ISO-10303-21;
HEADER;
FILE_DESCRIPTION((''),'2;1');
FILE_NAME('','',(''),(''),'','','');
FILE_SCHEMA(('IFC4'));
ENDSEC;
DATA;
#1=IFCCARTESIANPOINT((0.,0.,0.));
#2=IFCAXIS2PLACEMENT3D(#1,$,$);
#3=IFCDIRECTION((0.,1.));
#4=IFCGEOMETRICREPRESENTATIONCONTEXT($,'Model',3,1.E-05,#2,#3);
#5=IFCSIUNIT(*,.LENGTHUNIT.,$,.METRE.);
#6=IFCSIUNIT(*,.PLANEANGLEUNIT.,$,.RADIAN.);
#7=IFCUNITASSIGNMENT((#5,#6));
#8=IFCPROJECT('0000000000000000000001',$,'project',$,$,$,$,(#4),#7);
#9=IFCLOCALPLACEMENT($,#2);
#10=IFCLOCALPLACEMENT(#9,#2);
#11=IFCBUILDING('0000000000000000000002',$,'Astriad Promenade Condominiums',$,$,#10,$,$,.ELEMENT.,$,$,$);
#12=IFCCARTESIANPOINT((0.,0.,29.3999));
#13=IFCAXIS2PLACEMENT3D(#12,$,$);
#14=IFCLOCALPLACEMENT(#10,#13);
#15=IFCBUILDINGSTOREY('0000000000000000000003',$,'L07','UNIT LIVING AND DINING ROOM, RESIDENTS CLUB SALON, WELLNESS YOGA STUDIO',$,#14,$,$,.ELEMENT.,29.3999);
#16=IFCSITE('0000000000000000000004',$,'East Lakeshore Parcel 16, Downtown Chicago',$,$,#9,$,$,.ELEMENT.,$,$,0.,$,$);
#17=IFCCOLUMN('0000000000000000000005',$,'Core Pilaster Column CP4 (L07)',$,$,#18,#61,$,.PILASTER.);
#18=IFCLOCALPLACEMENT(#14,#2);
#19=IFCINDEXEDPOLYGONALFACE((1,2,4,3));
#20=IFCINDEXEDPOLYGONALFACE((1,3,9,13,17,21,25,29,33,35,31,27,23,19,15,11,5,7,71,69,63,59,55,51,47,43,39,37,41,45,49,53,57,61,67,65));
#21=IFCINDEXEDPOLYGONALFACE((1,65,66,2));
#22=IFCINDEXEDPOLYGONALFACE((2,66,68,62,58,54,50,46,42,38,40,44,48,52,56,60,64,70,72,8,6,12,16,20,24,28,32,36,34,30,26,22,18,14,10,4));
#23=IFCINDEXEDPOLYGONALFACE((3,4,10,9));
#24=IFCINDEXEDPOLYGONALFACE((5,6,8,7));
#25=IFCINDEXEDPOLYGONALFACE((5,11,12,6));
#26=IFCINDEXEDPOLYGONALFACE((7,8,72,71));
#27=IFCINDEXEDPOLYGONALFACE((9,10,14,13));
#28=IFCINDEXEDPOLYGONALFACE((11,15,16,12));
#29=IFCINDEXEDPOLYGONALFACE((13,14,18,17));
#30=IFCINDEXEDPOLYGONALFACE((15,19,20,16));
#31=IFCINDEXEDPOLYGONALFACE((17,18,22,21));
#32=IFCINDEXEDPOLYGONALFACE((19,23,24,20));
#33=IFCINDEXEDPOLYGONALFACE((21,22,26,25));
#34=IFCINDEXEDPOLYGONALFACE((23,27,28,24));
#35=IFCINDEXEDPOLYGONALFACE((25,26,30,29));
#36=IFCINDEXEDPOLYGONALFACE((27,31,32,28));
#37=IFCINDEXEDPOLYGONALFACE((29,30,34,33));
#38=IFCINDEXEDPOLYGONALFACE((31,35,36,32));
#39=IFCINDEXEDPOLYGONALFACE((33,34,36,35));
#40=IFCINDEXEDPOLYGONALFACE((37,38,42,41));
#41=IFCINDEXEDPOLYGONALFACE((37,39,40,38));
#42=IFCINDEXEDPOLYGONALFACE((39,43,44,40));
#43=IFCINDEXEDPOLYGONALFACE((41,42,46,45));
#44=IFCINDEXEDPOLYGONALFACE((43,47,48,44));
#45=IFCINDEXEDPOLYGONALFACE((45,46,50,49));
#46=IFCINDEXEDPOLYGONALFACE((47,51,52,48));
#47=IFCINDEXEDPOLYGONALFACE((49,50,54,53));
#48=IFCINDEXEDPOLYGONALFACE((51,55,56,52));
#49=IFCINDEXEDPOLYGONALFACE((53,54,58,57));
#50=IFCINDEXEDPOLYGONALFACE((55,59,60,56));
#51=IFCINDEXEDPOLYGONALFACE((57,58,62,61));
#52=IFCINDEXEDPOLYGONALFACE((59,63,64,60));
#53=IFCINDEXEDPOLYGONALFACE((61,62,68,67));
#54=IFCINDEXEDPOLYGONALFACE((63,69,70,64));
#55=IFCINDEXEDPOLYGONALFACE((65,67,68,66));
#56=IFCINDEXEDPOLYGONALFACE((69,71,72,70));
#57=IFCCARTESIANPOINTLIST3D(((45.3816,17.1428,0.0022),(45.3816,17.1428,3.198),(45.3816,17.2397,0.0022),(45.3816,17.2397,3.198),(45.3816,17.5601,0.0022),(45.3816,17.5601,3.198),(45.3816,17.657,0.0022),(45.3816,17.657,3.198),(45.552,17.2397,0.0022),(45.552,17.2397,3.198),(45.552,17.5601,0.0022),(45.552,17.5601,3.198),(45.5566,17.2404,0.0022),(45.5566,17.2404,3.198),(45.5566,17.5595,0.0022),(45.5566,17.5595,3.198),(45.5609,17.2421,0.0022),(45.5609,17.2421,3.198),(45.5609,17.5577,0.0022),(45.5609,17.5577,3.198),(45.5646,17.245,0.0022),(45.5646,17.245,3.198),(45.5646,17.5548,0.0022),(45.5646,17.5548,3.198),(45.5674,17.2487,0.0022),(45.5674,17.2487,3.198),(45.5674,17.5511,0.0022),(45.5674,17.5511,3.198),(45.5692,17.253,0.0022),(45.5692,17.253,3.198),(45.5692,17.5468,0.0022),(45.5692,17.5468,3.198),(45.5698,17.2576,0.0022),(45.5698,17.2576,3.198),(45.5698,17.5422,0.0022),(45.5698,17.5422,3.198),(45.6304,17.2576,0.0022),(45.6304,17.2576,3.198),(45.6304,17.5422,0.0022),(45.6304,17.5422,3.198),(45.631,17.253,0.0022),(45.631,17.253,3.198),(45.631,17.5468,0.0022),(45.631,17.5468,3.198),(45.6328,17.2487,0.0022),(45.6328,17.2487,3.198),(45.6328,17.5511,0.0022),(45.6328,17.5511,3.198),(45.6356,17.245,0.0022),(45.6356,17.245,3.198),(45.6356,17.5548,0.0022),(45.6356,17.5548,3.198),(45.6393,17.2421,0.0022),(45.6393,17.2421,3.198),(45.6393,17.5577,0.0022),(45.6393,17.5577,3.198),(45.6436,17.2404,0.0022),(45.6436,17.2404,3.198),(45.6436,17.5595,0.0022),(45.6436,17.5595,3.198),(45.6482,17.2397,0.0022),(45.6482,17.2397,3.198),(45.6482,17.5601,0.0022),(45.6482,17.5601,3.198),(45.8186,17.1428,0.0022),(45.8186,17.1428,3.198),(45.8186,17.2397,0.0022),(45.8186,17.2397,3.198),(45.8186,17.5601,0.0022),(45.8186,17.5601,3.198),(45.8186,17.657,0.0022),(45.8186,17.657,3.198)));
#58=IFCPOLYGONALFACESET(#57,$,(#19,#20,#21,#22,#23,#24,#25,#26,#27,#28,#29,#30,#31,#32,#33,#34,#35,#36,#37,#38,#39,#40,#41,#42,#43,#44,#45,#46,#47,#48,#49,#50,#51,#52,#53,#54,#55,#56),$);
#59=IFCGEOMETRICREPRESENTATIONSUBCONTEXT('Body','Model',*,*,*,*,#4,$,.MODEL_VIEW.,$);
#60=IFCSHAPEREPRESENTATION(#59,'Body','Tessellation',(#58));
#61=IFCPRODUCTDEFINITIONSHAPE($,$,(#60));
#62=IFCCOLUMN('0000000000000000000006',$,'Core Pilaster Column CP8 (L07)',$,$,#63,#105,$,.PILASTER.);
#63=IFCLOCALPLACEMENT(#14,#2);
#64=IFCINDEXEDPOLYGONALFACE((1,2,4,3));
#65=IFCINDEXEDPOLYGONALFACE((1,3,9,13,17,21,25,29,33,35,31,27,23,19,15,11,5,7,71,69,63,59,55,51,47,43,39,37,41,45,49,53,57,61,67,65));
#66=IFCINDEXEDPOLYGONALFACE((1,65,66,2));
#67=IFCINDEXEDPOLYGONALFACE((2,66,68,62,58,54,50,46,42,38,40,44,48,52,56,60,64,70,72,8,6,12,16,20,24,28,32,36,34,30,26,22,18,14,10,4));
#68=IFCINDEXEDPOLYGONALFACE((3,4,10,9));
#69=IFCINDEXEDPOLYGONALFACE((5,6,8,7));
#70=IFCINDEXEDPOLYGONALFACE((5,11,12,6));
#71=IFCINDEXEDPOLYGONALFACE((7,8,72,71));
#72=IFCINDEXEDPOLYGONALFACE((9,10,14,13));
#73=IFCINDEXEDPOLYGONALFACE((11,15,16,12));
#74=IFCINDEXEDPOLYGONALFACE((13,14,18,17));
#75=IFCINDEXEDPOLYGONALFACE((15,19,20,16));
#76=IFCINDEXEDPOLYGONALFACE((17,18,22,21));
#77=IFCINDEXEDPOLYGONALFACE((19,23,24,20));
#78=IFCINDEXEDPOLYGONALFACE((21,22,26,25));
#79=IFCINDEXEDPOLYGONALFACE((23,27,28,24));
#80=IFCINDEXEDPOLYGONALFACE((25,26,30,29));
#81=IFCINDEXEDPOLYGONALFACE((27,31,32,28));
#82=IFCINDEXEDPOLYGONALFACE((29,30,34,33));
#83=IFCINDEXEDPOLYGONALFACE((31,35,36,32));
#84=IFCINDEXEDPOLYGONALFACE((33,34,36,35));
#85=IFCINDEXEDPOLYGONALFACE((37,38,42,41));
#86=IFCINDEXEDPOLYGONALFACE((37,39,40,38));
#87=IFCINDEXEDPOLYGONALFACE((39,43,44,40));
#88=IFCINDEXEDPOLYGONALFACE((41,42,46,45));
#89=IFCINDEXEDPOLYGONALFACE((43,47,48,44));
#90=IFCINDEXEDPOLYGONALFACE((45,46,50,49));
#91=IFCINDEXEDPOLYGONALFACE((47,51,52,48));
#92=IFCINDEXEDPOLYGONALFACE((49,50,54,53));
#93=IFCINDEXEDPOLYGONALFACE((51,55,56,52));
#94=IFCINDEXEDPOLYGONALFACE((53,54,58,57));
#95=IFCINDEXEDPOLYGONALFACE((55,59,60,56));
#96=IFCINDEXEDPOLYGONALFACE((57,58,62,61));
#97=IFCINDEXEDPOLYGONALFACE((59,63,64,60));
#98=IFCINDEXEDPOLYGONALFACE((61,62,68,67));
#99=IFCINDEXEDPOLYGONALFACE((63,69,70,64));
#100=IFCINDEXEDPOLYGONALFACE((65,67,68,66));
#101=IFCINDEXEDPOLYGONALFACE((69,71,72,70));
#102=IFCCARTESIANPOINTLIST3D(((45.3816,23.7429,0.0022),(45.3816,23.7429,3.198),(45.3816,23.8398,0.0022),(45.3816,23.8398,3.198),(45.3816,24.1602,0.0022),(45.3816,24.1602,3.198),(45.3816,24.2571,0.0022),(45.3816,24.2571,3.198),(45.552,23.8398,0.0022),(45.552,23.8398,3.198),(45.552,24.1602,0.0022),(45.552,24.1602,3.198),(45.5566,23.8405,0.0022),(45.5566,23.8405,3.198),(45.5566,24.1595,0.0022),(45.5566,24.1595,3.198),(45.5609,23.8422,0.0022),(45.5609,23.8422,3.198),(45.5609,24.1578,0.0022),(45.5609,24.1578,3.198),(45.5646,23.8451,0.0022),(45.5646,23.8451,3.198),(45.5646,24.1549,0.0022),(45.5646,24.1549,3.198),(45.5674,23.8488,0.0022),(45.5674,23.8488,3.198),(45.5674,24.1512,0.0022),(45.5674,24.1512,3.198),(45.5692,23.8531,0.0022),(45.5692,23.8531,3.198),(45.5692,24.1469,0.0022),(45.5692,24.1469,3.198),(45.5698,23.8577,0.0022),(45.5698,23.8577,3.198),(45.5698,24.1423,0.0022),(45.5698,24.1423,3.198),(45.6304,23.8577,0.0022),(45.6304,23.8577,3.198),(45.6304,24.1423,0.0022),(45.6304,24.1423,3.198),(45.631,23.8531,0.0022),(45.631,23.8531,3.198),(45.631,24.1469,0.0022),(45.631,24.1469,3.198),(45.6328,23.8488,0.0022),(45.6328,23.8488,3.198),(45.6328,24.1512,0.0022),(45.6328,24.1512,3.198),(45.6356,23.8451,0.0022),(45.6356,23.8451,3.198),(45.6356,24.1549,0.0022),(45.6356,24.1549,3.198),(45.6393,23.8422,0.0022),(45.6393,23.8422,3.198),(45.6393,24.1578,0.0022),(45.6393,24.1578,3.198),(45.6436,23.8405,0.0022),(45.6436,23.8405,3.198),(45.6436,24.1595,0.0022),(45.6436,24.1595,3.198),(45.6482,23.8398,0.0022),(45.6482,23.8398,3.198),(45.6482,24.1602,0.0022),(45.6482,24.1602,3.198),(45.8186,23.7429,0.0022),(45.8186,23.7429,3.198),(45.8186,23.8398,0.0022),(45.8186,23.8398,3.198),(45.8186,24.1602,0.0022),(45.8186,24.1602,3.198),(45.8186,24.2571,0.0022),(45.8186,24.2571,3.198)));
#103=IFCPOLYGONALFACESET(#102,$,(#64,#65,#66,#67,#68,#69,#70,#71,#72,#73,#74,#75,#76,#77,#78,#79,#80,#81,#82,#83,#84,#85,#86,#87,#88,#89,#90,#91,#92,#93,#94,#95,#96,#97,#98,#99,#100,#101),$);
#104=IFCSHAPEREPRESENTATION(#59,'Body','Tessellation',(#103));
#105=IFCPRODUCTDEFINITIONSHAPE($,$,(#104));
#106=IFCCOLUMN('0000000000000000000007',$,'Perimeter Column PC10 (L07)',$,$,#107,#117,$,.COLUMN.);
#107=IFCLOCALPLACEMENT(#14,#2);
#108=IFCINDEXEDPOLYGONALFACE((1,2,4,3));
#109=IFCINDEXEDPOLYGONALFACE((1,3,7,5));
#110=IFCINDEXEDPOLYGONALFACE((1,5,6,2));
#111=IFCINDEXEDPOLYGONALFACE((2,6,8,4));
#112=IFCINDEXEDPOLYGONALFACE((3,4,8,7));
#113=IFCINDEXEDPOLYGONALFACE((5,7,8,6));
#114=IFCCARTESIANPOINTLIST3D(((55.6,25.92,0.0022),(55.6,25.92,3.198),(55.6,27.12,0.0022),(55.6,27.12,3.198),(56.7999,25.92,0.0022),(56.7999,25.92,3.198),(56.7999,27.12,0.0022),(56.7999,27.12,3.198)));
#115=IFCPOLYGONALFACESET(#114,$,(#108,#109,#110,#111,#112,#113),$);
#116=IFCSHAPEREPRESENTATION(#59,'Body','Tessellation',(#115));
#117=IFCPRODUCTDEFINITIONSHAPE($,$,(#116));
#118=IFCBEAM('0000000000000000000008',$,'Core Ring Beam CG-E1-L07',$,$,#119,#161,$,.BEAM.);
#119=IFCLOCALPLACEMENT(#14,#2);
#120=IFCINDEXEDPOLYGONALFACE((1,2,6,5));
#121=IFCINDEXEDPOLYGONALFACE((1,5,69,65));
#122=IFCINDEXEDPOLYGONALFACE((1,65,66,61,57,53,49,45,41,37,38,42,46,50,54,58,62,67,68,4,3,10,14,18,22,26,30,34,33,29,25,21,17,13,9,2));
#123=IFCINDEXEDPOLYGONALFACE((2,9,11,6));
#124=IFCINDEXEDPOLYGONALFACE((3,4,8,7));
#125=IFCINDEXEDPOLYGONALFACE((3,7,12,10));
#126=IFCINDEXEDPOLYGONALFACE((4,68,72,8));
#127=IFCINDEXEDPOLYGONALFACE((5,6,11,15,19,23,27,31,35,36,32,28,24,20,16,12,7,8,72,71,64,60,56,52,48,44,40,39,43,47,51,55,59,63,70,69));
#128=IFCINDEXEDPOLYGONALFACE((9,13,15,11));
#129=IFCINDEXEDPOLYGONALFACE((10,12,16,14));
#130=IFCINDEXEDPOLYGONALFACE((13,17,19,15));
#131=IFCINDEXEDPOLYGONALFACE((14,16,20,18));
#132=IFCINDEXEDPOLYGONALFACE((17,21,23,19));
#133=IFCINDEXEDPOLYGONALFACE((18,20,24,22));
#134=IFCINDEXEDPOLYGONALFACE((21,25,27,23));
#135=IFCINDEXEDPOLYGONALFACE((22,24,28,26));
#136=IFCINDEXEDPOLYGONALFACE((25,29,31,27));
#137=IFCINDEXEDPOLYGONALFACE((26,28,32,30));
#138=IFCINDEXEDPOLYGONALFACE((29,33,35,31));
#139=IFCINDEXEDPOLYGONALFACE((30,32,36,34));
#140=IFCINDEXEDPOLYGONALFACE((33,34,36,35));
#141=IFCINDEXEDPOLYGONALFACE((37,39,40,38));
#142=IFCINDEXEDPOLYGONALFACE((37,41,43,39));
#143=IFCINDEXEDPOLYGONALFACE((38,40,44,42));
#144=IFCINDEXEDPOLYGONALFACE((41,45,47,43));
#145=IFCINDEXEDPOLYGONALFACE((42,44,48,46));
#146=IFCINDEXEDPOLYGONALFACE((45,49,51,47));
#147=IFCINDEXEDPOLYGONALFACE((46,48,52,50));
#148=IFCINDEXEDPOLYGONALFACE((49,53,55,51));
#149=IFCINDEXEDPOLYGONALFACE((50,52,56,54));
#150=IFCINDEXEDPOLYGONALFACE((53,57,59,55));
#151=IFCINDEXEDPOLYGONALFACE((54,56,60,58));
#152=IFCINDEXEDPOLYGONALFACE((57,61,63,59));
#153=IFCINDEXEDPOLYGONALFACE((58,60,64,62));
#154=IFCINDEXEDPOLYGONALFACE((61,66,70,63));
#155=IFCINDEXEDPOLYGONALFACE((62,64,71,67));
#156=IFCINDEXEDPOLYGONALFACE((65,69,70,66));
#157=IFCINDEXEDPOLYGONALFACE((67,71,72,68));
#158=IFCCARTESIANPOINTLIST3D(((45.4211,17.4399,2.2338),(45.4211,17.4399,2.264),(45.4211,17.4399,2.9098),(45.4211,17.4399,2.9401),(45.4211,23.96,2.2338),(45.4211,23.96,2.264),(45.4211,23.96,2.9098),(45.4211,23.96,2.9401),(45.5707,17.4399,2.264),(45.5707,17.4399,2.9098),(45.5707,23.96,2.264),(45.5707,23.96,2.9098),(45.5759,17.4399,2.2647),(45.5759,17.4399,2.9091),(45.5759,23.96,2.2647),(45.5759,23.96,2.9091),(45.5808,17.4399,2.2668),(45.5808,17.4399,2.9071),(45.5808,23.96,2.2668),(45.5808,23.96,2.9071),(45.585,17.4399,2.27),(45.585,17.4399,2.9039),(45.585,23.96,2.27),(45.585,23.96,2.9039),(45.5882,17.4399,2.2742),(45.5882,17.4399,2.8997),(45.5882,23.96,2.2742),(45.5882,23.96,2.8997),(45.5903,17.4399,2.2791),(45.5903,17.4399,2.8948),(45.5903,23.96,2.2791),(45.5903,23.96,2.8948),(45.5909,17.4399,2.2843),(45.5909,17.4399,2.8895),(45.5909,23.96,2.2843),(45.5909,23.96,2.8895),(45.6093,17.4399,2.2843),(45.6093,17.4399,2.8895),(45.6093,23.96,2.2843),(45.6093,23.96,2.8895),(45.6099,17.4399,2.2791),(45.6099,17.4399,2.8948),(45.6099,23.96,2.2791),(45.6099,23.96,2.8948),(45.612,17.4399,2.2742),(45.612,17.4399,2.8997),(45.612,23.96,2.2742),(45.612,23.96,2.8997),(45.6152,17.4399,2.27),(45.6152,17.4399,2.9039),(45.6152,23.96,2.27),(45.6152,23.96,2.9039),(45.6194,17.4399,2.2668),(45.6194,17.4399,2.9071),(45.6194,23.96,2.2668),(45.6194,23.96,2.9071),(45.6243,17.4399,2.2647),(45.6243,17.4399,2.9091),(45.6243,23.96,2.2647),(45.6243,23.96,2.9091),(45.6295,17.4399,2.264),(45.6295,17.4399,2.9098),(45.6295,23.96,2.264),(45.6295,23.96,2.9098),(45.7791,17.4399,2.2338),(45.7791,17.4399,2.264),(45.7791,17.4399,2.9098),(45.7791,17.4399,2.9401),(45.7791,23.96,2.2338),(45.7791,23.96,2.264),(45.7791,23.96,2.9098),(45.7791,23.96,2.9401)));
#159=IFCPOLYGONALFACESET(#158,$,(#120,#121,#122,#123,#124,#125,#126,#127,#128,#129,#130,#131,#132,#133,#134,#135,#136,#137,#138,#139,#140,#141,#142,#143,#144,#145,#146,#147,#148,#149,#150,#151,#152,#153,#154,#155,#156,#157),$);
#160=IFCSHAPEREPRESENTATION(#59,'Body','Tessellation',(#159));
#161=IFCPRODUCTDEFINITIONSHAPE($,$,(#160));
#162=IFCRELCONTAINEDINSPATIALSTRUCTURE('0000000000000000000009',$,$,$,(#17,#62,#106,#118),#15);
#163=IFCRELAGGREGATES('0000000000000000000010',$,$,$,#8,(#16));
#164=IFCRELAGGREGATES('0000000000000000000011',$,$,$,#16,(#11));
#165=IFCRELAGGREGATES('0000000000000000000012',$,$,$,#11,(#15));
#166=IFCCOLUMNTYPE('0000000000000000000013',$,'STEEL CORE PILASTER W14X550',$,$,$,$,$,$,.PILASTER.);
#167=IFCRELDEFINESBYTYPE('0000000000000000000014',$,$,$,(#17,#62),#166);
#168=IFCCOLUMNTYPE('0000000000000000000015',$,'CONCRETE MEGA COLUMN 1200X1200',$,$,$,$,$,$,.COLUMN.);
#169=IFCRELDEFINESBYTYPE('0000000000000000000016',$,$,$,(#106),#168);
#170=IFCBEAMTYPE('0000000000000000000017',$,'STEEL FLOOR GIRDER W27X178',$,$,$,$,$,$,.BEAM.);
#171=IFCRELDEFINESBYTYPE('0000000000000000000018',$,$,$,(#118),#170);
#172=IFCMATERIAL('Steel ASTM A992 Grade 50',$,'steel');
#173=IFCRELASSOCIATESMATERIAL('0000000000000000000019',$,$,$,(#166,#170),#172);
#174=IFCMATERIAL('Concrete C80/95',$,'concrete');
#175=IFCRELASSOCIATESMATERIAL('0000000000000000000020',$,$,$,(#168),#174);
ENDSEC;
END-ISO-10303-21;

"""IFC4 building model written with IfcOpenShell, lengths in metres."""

from ifc_helpers import new_model, si_unit, direction, frame, origin, origin_2d, place, context, subcontext, project, spatial, rectangle, i_section, extrude, source, transform, mapped, material, material_profile, profile_set, type_object, type_shapes, element, save


model = new_model("IFC4")

# Units and contexts
model_context = context("Model", 3, precision=1e-05, world=origin(), true_north=direction((0.0, 1.0)))
body_context = subcontext(model_context, "Body", "Model", "MODEL_VIEW")
ifc_project = project(units=[si_unit("LENGTHUNIT", "METRE"), si_unit("PLANEANGLEUNIT", "RADIAN")], contexts=[model_context])

# Site, building, storey
site_placement = place(None, origin())
site = spatial("IfcSite", under=ifc_project, at=site_placement, Name="East Lakeshore Parcel 16, Downtown Chicago", CompositionType="ELEMENT", RefElevation=0.0)
building_placement = place(site_placement, origin())
building = spatial("IfcBuilding", under=site, at=building_placement, Name="Astriad Promenade Condominiums", CompositionType="ELEMENT")
storey_placement = place(building_placement, frame((0.0, 0.0, 29.3999)))
storey = spatial("IfcBuildingStorey", under=building, at=storey_placement, Name="L07", Description="UNIT LIVING AND DINING ROOM, RESIDENTS CLUB SALON, WELLNESS YOGA STUDIO", CompositionType="ELEMENT", Elevation=29.3999)

# Columns
ifc_material_1 = material(Name="Steel ASTM A992 Grade 50", Category="steel")
ifc_material_profile_1 = material_profile(ifc_material_1, i_section(OverallWidth=0.437, OverallDepth=0.5142, WebThickness=0.0605, FlangeThickness=0.0969, FilletRadius=0.0178, at=origin_2d()), Name="W14X550")
ifc_profile_set_1 = profile_set([ifc_material_profile_1], Name="Steel ASTM A992 Grade 50")
column_type_1 = type_object("IfcColumnType", Name="STEEL CORE PILASTER W14X550", PredefinedType="PILASTER", material=ifc_profile_set_1)
shared_shape_1 = source(origin(), body_context, "Body", "SweptSolid", [
    extrude(i_section(OverallWidth=0.437, OverallDepth=0.5142, WebThickness=0.0605, FlangeThickness=0.0969, FilletRadius=0.0178, at=origin_2d()), origin(), (0.0, 0.0, 1.0), 3.1958),
])
type_shapes(column_type_1, [shared_shape_1])
for number, where, z_axis, x_axis, name in (
    (1, (45.6001, 17.3999, 0.0022), (0.0, 0.0, 1.0), (1.0, 0.0, 0.0), "Core Pilaster Column CP4 (L07)"),
    (2, (45.6001, 24.0, 0.0022), (0.0, 0.0, 1.0), (1.0, 0.0, 0.0), "Core Pilaster Column CP8 (L07)"),
):
    element("IfcColumn", number, at=place(storey_placement, frame(where, z_axis=z_axis, x_axis=x_axis)), inside=storey, type_object=column_type_1, Name=name, PredefinedType="PILASTER", context=body_context, shape_type="MappedRepresentation", body=[
        mapped(shared_shape_1, transform((0.0, 0.0, 0.0), scale=1.0)),
    ])
ifc_material_2 = material(Name="Concrete C80/95", Category="concrete")
ifc_material_profile_2 = material_profile(ifc_material_2, rectangle(XDim=1.2, YDim=1.2, at=origin_2d()), Name="RC-COL-1200X1200")
ifc_profile_set_2 = profile_set([ifc_material_profile_2], Name="Concrete C80/95")
column_type_2 = type_object("IfcColumnType", Name="CONCRETE MEGA COLUMN 1200X1200", PredefinedType="COLUMN", material=ifc_profile_set_2)
shared_shape_2 = source(origin(), body_context, "Body", "SweptSolid", [
    extrude(rectangle(XDim=1.2, YDim=1.2, at=origin_2d()), origin(), (0.0, 0.0, 1.0), 3.1958),
])
type_shapes(column_type_2, [shared_shape_2])
column_placement = place(storey_placement, frame((56.2, 26.52, 0.0022), z_axis=(0.0, 0.0, 1.0), x_axis=(1.0, 0.0, 0.0)))
element("IfcColumn", 3, at=column_placement, inside=storey, type_object=column_type_2, Name="Perimeter Column PC10 (L07)", PredefinedType="COLUMN", context=body_context, shape_type="MappedRepresentation", body=[
    mapped(shared_shape_2, transform((0.0, 0.0, 0.0), scale=1.0)),
])

# Beam
ifc_material_profile_3 = material_profile(ifc_material_1, i_section(OverallWidth=0.3579, OverallDepth=0.7063, WebThickness=0.0183, FlangeThickness=0.0303, FilletRadius=0.0203, at=origin_2d()), Name="W27X178")
ifc_profile_set_3 = profile_set([ifc_material_profile_3], Name="Steel ASTM A992 Grade 50")
beam_type_1 = type_object("IfcBeamType", Name="STEEL FLOOR GIRDER W27X178", PredefinedType="BEAM", material=ifc_profile_set_3)
shared_shape_3 = source(origin(), body_context, "Body", "SweptSolid", [
    extrude(i_section(OverallWidth=0.3579, OverallDepth=0.7063, WebThickness=0.0183, FlangeThickness=0.0303, FilletRadius=0.0203, at=origin_2d()), origin(), (0.0, 0.0, 1.0), 6.52),
])
type_shapes(beam_type_1, [shared_shape_3])
beam_1_placement = place(storey_placement, frame((45.6001, 17.4399, 2.5869), z_axis=(0.0, 1.0, 0.0), x_axis=(-1.0, 0.0, 0.0)))
element("IfcBeam", 4, at=beam_1_placement, inside=storey, type_object=beam_type_1, Name="Core Ring Beam CG-E1-L07", PredefinedType="BEAM", context=body_context, shape_type="MappedRepresentation", body=[
    mapped(shared_shape_3, transform((0.0, 0.0, 0.0), scale=1.0)),
])

save(model, "model.ifc")
